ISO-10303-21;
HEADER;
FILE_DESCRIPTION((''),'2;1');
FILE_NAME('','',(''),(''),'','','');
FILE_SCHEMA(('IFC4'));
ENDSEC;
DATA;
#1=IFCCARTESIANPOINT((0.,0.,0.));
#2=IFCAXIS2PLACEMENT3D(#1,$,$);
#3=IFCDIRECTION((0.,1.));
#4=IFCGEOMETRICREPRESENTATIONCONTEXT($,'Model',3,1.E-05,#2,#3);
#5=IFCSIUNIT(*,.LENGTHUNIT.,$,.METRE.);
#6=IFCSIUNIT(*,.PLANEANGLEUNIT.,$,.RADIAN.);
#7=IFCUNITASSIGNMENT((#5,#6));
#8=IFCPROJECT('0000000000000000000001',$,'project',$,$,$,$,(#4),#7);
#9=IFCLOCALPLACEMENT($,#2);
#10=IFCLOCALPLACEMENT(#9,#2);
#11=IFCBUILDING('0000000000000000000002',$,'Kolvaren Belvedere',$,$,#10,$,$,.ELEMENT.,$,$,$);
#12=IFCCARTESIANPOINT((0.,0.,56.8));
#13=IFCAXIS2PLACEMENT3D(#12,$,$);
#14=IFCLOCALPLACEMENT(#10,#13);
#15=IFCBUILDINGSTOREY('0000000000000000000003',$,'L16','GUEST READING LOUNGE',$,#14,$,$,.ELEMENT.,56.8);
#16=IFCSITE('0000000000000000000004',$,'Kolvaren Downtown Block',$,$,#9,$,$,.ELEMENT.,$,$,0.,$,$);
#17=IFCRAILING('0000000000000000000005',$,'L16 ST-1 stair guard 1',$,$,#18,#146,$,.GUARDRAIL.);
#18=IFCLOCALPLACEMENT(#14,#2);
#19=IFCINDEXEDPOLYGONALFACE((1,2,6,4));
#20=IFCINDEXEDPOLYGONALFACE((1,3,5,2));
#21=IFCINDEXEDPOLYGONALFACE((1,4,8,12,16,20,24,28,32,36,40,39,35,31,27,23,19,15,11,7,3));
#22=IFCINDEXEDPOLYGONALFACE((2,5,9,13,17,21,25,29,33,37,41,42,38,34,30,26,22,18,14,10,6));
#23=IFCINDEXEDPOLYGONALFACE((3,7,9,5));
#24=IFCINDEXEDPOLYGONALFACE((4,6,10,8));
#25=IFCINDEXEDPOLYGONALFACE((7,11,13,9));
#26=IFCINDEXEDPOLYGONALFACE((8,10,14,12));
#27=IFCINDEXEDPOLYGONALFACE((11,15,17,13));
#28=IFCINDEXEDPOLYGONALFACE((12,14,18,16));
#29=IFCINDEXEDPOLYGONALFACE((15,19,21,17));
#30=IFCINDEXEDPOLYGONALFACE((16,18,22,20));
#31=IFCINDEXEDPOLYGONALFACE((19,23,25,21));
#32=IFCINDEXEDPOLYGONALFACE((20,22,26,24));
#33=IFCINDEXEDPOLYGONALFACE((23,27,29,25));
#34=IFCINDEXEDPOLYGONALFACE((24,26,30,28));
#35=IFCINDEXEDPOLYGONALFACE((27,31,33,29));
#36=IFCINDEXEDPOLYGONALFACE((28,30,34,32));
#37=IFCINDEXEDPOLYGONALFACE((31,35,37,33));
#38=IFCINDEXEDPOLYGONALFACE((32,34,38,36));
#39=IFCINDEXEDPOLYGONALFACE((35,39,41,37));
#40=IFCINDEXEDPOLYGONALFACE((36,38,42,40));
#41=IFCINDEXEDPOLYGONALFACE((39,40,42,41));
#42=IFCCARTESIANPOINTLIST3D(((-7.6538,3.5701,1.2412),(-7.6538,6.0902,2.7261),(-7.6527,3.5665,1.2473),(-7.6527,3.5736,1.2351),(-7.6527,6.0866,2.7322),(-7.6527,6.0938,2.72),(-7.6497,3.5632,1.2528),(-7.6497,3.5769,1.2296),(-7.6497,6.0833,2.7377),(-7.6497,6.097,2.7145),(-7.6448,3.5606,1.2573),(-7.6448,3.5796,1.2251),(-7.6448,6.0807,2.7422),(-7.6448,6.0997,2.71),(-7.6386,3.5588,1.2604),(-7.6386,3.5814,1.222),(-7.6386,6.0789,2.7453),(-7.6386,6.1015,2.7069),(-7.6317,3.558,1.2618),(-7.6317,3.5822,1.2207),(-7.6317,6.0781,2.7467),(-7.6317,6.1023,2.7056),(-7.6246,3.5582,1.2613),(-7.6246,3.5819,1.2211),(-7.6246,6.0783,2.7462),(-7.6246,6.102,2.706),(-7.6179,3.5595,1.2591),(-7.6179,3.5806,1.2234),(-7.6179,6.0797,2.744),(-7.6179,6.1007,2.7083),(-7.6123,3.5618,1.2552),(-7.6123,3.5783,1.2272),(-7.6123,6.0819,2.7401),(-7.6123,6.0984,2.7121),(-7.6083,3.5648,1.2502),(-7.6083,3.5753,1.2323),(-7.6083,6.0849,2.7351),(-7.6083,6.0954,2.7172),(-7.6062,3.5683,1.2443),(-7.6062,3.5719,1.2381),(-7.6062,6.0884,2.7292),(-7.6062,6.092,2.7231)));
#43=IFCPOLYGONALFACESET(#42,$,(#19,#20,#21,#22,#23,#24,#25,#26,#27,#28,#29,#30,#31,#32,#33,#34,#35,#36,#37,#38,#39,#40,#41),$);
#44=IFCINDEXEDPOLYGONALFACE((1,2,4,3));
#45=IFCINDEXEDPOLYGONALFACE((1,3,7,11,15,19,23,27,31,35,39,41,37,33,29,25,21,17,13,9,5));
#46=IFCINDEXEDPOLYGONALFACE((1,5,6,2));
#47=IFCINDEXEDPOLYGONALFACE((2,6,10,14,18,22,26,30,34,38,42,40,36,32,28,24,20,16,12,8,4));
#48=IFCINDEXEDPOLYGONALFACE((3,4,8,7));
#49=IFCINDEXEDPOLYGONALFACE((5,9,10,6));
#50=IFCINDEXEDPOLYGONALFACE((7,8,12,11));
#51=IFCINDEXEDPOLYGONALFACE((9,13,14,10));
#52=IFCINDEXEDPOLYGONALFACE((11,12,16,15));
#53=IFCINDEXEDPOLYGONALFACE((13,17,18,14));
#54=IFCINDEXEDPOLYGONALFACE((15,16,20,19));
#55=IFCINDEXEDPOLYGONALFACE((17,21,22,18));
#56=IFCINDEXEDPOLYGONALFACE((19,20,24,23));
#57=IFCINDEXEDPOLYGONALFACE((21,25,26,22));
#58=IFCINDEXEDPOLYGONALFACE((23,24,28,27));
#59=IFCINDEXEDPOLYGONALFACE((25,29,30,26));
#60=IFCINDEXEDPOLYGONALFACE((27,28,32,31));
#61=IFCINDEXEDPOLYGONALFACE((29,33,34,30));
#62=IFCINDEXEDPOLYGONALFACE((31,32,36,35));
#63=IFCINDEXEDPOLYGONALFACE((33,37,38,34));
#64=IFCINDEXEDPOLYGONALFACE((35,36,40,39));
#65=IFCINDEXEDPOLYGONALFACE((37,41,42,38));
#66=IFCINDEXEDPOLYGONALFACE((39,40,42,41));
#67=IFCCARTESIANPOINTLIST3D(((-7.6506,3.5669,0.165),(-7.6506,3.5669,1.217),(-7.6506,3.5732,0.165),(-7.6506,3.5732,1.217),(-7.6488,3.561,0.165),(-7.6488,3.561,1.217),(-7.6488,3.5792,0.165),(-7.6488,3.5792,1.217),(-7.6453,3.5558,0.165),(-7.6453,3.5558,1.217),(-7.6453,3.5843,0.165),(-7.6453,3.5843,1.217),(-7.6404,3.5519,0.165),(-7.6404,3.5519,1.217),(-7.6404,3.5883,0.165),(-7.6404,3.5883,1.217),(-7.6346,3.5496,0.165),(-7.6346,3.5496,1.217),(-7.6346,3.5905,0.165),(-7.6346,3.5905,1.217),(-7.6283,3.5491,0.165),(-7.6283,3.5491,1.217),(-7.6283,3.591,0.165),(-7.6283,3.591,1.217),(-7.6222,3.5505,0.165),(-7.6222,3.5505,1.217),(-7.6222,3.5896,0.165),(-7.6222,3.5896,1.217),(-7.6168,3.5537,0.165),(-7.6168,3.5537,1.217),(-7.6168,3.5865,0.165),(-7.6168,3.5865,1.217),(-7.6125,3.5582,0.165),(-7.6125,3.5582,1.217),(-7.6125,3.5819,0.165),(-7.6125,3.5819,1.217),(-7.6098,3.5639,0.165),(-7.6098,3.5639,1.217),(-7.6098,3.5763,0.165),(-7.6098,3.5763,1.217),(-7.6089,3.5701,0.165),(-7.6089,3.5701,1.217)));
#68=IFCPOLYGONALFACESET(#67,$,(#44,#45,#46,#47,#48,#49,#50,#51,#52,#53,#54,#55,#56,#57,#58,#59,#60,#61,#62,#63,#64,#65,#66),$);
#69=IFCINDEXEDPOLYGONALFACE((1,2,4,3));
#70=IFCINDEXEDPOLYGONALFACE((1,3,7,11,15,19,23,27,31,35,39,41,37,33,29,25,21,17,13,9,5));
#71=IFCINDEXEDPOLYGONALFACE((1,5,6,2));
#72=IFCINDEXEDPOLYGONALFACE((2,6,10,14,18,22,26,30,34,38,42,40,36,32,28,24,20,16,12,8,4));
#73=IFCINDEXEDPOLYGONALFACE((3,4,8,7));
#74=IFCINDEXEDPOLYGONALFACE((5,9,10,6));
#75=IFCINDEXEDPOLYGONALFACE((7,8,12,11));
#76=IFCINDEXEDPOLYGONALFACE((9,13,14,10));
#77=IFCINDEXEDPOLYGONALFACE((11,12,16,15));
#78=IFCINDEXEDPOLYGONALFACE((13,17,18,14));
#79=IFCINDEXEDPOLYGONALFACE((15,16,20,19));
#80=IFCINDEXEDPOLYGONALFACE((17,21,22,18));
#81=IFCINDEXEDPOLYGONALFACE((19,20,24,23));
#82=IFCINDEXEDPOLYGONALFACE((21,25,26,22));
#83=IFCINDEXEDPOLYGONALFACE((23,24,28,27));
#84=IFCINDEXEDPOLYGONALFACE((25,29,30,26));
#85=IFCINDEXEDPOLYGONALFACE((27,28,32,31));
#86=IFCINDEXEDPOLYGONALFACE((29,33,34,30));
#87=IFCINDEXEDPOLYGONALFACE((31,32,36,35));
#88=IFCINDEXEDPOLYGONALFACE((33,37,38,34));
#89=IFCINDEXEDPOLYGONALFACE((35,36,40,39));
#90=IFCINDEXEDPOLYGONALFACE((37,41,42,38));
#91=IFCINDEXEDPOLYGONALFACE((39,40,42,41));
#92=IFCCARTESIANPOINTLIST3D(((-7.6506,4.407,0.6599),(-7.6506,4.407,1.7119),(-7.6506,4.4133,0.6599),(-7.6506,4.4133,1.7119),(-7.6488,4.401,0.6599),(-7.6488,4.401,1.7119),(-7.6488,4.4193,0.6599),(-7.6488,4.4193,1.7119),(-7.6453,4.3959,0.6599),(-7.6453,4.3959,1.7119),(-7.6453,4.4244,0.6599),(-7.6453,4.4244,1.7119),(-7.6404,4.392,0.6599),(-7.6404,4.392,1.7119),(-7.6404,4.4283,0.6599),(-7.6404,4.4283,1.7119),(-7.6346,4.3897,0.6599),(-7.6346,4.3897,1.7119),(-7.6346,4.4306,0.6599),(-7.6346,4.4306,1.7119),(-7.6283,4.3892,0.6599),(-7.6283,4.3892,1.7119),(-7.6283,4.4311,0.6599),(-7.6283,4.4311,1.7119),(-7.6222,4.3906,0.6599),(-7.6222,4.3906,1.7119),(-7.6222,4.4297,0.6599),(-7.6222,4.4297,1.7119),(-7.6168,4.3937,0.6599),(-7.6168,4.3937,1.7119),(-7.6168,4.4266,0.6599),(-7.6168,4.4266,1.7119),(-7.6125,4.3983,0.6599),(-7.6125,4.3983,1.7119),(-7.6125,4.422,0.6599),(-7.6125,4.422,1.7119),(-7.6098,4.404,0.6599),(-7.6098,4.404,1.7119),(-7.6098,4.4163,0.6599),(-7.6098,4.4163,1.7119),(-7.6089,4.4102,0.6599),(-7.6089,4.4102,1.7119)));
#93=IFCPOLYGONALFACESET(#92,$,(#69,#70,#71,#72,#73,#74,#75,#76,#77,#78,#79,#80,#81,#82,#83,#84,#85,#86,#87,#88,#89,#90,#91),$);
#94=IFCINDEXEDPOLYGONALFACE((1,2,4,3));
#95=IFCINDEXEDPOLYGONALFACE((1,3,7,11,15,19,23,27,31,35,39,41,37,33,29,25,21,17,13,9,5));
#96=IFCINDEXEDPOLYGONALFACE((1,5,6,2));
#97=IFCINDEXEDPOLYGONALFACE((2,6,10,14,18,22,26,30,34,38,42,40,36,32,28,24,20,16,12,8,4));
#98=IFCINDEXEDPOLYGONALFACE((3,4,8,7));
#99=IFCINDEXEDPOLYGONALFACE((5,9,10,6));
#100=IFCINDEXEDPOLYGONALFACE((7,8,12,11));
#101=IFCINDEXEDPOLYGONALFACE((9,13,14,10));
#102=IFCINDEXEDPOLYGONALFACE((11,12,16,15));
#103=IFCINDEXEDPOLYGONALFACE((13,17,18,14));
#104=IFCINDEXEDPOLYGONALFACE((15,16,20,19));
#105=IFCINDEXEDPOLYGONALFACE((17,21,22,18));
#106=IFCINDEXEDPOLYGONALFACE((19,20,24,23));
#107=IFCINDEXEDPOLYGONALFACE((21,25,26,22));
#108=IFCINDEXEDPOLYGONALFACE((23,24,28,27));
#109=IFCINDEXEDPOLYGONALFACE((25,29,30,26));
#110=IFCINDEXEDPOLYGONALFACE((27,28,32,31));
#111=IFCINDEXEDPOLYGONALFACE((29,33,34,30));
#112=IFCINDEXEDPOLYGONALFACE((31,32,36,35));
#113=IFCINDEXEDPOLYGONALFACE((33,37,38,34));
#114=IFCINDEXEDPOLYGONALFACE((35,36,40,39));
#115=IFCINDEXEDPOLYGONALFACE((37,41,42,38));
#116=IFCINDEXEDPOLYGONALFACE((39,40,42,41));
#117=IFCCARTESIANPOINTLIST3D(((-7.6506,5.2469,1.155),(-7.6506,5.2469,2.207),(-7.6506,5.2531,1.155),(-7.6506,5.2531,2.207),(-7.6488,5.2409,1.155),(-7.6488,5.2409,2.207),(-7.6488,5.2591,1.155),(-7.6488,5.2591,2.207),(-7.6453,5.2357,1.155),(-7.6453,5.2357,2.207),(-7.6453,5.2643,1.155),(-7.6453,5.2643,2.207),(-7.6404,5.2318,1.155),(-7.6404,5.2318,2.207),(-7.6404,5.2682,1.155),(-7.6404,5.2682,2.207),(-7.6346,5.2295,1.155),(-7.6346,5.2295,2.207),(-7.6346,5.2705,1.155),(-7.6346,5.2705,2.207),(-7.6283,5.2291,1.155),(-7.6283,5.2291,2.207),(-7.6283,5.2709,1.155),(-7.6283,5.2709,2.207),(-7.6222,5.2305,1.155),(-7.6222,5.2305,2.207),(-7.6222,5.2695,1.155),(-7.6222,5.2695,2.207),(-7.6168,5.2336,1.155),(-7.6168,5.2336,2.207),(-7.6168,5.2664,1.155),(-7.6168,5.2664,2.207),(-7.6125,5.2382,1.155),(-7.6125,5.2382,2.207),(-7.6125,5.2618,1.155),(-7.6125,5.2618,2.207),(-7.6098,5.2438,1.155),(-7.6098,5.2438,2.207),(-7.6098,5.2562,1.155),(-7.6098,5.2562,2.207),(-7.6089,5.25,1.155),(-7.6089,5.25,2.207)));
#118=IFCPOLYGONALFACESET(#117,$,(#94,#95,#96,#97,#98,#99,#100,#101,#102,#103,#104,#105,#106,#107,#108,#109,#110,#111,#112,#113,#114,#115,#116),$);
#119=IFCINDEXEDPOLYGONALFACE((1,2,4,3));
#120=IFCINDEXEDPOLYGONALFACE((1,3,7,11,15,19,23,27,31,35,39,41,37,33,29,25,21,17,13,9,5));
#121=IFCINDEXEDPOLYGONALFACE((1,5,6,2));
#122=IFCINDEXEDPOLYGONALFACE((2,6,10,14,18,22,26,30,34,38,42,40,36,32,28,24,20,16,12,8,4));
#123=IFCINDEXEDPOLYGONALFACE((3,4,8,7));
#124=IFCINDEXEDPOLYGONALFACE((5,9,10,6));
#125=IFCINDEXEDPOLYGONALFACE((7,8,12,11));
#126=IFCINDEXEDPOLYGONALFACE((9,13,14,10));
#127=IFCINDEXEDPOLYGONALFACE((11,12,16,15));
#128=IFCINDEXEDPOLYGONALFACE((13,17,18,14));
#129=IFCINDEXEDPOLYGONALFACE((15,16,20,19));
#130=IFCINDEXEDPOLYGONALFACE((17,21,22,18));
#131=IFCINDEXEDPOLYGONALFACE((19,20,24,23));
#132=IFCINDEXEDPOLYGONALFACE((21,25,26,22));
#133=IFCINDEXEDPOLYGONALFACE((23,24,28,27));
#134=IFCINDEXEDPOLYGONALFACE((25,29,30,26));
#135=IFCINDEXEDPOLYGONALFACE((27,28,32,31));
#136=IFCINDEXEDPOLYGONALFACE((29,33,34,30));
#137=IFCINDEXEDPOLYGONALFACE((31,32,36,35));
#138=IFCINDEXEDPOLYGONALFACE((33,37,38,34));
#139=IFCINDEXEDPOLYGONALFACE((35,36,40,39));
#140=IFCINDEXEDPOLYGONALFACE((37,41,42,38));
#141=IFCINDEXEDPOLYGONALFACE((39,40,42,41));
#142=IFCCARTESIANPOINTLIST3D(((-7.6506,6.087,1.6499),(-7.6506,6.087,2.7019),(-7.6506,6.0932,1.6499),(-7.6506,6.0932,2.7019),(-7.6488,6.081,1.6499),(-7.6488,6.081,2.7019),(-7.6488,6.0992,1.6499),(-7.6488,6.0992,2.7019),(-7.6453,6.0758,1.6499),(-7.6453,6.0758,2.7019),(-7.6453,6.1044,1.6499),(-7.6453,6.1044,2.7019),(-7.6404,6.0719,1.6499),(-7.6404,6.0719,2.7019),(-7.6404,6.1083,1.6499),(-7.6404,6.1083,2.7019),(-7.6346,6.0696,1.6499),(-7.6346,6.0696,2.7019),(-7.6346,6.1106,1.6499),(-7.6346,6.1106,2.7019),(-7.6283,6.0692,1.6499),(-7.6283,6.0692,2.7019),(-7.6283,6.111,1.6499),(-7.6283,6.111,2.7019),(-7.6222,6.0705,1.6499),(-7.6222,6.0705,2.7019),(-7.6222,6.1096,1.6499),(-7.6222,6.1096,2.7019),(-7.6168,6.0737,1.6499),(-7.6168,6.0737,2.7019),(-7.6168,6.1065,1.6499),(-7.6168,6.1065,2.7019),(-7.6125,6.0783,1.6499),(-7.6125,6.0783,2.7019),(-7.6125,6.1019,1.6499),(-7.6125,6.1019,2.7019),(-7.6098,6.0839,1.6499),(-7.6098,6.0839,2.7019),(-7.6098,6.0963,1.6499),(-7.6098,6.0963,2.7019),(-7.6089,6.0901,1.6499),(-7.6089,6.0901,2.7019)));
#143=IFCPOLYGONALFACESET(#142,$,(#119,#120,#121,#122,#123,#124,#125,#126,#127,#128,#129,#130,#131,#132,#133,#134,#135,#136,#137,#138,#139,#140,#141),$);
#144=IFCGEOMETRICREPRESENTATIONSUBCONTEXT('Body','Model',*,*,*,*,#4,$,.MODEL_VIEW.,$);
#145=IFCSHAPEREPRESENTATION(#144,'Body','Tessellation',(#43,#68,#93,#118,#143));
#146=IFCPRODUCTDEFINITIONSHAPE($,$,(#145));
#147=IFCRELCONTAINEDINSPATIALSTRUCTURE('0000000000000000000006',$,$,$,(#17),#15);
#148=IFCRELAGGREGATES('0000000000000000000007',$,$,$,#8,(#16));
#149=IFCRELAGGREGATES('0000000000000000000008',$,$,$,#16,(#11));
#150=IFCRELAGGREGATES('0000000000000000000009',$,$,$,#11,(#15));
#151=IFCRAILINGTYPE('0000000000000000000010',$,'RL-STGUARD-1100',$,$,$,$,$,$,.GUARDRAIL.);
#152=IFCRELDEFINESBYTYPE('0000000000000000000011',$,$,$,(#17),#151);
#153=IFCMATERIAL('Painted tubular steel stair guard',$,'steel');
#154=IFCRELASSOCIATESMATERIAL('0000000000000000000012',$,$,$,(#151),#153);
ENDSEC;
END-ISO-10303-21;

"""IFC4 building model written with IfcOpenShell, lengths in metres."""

from ifc_helpers import new_model, si_unit, direction, frame, origin, origin_2d, place, context, subcontext, project, spatial, circle, extrude, material, type_object, element, save


model = new_model("IFC4")

# Units and contexts
model_context = context("Model", 3, precision=1e-05, world=origin(), true_north=direction((0.0, 1.0)))
body_context = subcontext(model_context, "Body", "Model", "MODEL_VIEW")
ifc_project = project(units=[si_unit("LENGTHUNIT", "METRE"), si_unit("PLANEANGLEUNIT", "RADIAN")], contexts=[model_context])

# Site, building, storey
site_placement = place(None, origin())
site = spatial("IfcSite", under=ifc_project, at=site_placement, Name="Kolvaren Downtown Block", CompositionType="ELEMENT", RefElevation=0.0)
building_placement = place(site_placement, origin())
building = spatial("IfcBuilding", under=site, at=building_placement, Name="Kolvaren Belvedere", CompositionType="ELEMENT")
storey_placement = place(building_placement, frame((0.0, 0.0, 56.8)))
storey = spatial("IfcBuildingStorey", under=building, at=storey_placement, Name="L16", Description="GUEST READING LOUNGE", CompositionType="ELEMENT", Elevation=56.8)

# Railing
ifc_material_1 = material(Name="Painted tubular steel stair guard", Category="steel")
railing_type_1 = type_object("IfcRailingType", Name="RL-STGUARD-1100", PredefinedType="GUARDRAIL", material=ifc_material_1)
railing_1_placement = place(storey_placement, frame((-7.6299, 3.5701, 0.165)))
element("IfcRailing", 1, at=railing_1_placement, inside=storey, type_object=railing_type_1, Name="L16 ST-1 stair guard 1", PredefinedType="GUARDRAIL", context=body_context, shape_type="SweptSolid", body=[
    extrude(circle(Radius=0.0239, at=origin_2d()), frame((0.0, 0.0, 1.0762), z_axis=(0.0, 0.861561, 0.507655), x_axis=(-1.0, 0.0, 0.0)), (0.0, 0.0, 1.0), 2.925),
    extrude(circle(Radius=0.021, at=origin_2d()), origin(), (0.0, 0.0, 1.0), 1.052),
    extrude(circle(Radius=0.021, at=origin_2d()), frame((0.0, 0.8401, 0.4949)), (0.0, 0.0, 1.0), 1.052),
    extrude(circle(Radius=0.021, at=origin_2d()), frame((0.0, 1.6799, 0.99)), (0.0, 0.0, 1.0), 1.052),
    extrude(circle(Radius=0.021, at=origin_2d()), frame((0.0, 2.52, 1.4849)), (0.0, 0.0, 1.0), 1.052),
])

save(model, "model.ifc")
